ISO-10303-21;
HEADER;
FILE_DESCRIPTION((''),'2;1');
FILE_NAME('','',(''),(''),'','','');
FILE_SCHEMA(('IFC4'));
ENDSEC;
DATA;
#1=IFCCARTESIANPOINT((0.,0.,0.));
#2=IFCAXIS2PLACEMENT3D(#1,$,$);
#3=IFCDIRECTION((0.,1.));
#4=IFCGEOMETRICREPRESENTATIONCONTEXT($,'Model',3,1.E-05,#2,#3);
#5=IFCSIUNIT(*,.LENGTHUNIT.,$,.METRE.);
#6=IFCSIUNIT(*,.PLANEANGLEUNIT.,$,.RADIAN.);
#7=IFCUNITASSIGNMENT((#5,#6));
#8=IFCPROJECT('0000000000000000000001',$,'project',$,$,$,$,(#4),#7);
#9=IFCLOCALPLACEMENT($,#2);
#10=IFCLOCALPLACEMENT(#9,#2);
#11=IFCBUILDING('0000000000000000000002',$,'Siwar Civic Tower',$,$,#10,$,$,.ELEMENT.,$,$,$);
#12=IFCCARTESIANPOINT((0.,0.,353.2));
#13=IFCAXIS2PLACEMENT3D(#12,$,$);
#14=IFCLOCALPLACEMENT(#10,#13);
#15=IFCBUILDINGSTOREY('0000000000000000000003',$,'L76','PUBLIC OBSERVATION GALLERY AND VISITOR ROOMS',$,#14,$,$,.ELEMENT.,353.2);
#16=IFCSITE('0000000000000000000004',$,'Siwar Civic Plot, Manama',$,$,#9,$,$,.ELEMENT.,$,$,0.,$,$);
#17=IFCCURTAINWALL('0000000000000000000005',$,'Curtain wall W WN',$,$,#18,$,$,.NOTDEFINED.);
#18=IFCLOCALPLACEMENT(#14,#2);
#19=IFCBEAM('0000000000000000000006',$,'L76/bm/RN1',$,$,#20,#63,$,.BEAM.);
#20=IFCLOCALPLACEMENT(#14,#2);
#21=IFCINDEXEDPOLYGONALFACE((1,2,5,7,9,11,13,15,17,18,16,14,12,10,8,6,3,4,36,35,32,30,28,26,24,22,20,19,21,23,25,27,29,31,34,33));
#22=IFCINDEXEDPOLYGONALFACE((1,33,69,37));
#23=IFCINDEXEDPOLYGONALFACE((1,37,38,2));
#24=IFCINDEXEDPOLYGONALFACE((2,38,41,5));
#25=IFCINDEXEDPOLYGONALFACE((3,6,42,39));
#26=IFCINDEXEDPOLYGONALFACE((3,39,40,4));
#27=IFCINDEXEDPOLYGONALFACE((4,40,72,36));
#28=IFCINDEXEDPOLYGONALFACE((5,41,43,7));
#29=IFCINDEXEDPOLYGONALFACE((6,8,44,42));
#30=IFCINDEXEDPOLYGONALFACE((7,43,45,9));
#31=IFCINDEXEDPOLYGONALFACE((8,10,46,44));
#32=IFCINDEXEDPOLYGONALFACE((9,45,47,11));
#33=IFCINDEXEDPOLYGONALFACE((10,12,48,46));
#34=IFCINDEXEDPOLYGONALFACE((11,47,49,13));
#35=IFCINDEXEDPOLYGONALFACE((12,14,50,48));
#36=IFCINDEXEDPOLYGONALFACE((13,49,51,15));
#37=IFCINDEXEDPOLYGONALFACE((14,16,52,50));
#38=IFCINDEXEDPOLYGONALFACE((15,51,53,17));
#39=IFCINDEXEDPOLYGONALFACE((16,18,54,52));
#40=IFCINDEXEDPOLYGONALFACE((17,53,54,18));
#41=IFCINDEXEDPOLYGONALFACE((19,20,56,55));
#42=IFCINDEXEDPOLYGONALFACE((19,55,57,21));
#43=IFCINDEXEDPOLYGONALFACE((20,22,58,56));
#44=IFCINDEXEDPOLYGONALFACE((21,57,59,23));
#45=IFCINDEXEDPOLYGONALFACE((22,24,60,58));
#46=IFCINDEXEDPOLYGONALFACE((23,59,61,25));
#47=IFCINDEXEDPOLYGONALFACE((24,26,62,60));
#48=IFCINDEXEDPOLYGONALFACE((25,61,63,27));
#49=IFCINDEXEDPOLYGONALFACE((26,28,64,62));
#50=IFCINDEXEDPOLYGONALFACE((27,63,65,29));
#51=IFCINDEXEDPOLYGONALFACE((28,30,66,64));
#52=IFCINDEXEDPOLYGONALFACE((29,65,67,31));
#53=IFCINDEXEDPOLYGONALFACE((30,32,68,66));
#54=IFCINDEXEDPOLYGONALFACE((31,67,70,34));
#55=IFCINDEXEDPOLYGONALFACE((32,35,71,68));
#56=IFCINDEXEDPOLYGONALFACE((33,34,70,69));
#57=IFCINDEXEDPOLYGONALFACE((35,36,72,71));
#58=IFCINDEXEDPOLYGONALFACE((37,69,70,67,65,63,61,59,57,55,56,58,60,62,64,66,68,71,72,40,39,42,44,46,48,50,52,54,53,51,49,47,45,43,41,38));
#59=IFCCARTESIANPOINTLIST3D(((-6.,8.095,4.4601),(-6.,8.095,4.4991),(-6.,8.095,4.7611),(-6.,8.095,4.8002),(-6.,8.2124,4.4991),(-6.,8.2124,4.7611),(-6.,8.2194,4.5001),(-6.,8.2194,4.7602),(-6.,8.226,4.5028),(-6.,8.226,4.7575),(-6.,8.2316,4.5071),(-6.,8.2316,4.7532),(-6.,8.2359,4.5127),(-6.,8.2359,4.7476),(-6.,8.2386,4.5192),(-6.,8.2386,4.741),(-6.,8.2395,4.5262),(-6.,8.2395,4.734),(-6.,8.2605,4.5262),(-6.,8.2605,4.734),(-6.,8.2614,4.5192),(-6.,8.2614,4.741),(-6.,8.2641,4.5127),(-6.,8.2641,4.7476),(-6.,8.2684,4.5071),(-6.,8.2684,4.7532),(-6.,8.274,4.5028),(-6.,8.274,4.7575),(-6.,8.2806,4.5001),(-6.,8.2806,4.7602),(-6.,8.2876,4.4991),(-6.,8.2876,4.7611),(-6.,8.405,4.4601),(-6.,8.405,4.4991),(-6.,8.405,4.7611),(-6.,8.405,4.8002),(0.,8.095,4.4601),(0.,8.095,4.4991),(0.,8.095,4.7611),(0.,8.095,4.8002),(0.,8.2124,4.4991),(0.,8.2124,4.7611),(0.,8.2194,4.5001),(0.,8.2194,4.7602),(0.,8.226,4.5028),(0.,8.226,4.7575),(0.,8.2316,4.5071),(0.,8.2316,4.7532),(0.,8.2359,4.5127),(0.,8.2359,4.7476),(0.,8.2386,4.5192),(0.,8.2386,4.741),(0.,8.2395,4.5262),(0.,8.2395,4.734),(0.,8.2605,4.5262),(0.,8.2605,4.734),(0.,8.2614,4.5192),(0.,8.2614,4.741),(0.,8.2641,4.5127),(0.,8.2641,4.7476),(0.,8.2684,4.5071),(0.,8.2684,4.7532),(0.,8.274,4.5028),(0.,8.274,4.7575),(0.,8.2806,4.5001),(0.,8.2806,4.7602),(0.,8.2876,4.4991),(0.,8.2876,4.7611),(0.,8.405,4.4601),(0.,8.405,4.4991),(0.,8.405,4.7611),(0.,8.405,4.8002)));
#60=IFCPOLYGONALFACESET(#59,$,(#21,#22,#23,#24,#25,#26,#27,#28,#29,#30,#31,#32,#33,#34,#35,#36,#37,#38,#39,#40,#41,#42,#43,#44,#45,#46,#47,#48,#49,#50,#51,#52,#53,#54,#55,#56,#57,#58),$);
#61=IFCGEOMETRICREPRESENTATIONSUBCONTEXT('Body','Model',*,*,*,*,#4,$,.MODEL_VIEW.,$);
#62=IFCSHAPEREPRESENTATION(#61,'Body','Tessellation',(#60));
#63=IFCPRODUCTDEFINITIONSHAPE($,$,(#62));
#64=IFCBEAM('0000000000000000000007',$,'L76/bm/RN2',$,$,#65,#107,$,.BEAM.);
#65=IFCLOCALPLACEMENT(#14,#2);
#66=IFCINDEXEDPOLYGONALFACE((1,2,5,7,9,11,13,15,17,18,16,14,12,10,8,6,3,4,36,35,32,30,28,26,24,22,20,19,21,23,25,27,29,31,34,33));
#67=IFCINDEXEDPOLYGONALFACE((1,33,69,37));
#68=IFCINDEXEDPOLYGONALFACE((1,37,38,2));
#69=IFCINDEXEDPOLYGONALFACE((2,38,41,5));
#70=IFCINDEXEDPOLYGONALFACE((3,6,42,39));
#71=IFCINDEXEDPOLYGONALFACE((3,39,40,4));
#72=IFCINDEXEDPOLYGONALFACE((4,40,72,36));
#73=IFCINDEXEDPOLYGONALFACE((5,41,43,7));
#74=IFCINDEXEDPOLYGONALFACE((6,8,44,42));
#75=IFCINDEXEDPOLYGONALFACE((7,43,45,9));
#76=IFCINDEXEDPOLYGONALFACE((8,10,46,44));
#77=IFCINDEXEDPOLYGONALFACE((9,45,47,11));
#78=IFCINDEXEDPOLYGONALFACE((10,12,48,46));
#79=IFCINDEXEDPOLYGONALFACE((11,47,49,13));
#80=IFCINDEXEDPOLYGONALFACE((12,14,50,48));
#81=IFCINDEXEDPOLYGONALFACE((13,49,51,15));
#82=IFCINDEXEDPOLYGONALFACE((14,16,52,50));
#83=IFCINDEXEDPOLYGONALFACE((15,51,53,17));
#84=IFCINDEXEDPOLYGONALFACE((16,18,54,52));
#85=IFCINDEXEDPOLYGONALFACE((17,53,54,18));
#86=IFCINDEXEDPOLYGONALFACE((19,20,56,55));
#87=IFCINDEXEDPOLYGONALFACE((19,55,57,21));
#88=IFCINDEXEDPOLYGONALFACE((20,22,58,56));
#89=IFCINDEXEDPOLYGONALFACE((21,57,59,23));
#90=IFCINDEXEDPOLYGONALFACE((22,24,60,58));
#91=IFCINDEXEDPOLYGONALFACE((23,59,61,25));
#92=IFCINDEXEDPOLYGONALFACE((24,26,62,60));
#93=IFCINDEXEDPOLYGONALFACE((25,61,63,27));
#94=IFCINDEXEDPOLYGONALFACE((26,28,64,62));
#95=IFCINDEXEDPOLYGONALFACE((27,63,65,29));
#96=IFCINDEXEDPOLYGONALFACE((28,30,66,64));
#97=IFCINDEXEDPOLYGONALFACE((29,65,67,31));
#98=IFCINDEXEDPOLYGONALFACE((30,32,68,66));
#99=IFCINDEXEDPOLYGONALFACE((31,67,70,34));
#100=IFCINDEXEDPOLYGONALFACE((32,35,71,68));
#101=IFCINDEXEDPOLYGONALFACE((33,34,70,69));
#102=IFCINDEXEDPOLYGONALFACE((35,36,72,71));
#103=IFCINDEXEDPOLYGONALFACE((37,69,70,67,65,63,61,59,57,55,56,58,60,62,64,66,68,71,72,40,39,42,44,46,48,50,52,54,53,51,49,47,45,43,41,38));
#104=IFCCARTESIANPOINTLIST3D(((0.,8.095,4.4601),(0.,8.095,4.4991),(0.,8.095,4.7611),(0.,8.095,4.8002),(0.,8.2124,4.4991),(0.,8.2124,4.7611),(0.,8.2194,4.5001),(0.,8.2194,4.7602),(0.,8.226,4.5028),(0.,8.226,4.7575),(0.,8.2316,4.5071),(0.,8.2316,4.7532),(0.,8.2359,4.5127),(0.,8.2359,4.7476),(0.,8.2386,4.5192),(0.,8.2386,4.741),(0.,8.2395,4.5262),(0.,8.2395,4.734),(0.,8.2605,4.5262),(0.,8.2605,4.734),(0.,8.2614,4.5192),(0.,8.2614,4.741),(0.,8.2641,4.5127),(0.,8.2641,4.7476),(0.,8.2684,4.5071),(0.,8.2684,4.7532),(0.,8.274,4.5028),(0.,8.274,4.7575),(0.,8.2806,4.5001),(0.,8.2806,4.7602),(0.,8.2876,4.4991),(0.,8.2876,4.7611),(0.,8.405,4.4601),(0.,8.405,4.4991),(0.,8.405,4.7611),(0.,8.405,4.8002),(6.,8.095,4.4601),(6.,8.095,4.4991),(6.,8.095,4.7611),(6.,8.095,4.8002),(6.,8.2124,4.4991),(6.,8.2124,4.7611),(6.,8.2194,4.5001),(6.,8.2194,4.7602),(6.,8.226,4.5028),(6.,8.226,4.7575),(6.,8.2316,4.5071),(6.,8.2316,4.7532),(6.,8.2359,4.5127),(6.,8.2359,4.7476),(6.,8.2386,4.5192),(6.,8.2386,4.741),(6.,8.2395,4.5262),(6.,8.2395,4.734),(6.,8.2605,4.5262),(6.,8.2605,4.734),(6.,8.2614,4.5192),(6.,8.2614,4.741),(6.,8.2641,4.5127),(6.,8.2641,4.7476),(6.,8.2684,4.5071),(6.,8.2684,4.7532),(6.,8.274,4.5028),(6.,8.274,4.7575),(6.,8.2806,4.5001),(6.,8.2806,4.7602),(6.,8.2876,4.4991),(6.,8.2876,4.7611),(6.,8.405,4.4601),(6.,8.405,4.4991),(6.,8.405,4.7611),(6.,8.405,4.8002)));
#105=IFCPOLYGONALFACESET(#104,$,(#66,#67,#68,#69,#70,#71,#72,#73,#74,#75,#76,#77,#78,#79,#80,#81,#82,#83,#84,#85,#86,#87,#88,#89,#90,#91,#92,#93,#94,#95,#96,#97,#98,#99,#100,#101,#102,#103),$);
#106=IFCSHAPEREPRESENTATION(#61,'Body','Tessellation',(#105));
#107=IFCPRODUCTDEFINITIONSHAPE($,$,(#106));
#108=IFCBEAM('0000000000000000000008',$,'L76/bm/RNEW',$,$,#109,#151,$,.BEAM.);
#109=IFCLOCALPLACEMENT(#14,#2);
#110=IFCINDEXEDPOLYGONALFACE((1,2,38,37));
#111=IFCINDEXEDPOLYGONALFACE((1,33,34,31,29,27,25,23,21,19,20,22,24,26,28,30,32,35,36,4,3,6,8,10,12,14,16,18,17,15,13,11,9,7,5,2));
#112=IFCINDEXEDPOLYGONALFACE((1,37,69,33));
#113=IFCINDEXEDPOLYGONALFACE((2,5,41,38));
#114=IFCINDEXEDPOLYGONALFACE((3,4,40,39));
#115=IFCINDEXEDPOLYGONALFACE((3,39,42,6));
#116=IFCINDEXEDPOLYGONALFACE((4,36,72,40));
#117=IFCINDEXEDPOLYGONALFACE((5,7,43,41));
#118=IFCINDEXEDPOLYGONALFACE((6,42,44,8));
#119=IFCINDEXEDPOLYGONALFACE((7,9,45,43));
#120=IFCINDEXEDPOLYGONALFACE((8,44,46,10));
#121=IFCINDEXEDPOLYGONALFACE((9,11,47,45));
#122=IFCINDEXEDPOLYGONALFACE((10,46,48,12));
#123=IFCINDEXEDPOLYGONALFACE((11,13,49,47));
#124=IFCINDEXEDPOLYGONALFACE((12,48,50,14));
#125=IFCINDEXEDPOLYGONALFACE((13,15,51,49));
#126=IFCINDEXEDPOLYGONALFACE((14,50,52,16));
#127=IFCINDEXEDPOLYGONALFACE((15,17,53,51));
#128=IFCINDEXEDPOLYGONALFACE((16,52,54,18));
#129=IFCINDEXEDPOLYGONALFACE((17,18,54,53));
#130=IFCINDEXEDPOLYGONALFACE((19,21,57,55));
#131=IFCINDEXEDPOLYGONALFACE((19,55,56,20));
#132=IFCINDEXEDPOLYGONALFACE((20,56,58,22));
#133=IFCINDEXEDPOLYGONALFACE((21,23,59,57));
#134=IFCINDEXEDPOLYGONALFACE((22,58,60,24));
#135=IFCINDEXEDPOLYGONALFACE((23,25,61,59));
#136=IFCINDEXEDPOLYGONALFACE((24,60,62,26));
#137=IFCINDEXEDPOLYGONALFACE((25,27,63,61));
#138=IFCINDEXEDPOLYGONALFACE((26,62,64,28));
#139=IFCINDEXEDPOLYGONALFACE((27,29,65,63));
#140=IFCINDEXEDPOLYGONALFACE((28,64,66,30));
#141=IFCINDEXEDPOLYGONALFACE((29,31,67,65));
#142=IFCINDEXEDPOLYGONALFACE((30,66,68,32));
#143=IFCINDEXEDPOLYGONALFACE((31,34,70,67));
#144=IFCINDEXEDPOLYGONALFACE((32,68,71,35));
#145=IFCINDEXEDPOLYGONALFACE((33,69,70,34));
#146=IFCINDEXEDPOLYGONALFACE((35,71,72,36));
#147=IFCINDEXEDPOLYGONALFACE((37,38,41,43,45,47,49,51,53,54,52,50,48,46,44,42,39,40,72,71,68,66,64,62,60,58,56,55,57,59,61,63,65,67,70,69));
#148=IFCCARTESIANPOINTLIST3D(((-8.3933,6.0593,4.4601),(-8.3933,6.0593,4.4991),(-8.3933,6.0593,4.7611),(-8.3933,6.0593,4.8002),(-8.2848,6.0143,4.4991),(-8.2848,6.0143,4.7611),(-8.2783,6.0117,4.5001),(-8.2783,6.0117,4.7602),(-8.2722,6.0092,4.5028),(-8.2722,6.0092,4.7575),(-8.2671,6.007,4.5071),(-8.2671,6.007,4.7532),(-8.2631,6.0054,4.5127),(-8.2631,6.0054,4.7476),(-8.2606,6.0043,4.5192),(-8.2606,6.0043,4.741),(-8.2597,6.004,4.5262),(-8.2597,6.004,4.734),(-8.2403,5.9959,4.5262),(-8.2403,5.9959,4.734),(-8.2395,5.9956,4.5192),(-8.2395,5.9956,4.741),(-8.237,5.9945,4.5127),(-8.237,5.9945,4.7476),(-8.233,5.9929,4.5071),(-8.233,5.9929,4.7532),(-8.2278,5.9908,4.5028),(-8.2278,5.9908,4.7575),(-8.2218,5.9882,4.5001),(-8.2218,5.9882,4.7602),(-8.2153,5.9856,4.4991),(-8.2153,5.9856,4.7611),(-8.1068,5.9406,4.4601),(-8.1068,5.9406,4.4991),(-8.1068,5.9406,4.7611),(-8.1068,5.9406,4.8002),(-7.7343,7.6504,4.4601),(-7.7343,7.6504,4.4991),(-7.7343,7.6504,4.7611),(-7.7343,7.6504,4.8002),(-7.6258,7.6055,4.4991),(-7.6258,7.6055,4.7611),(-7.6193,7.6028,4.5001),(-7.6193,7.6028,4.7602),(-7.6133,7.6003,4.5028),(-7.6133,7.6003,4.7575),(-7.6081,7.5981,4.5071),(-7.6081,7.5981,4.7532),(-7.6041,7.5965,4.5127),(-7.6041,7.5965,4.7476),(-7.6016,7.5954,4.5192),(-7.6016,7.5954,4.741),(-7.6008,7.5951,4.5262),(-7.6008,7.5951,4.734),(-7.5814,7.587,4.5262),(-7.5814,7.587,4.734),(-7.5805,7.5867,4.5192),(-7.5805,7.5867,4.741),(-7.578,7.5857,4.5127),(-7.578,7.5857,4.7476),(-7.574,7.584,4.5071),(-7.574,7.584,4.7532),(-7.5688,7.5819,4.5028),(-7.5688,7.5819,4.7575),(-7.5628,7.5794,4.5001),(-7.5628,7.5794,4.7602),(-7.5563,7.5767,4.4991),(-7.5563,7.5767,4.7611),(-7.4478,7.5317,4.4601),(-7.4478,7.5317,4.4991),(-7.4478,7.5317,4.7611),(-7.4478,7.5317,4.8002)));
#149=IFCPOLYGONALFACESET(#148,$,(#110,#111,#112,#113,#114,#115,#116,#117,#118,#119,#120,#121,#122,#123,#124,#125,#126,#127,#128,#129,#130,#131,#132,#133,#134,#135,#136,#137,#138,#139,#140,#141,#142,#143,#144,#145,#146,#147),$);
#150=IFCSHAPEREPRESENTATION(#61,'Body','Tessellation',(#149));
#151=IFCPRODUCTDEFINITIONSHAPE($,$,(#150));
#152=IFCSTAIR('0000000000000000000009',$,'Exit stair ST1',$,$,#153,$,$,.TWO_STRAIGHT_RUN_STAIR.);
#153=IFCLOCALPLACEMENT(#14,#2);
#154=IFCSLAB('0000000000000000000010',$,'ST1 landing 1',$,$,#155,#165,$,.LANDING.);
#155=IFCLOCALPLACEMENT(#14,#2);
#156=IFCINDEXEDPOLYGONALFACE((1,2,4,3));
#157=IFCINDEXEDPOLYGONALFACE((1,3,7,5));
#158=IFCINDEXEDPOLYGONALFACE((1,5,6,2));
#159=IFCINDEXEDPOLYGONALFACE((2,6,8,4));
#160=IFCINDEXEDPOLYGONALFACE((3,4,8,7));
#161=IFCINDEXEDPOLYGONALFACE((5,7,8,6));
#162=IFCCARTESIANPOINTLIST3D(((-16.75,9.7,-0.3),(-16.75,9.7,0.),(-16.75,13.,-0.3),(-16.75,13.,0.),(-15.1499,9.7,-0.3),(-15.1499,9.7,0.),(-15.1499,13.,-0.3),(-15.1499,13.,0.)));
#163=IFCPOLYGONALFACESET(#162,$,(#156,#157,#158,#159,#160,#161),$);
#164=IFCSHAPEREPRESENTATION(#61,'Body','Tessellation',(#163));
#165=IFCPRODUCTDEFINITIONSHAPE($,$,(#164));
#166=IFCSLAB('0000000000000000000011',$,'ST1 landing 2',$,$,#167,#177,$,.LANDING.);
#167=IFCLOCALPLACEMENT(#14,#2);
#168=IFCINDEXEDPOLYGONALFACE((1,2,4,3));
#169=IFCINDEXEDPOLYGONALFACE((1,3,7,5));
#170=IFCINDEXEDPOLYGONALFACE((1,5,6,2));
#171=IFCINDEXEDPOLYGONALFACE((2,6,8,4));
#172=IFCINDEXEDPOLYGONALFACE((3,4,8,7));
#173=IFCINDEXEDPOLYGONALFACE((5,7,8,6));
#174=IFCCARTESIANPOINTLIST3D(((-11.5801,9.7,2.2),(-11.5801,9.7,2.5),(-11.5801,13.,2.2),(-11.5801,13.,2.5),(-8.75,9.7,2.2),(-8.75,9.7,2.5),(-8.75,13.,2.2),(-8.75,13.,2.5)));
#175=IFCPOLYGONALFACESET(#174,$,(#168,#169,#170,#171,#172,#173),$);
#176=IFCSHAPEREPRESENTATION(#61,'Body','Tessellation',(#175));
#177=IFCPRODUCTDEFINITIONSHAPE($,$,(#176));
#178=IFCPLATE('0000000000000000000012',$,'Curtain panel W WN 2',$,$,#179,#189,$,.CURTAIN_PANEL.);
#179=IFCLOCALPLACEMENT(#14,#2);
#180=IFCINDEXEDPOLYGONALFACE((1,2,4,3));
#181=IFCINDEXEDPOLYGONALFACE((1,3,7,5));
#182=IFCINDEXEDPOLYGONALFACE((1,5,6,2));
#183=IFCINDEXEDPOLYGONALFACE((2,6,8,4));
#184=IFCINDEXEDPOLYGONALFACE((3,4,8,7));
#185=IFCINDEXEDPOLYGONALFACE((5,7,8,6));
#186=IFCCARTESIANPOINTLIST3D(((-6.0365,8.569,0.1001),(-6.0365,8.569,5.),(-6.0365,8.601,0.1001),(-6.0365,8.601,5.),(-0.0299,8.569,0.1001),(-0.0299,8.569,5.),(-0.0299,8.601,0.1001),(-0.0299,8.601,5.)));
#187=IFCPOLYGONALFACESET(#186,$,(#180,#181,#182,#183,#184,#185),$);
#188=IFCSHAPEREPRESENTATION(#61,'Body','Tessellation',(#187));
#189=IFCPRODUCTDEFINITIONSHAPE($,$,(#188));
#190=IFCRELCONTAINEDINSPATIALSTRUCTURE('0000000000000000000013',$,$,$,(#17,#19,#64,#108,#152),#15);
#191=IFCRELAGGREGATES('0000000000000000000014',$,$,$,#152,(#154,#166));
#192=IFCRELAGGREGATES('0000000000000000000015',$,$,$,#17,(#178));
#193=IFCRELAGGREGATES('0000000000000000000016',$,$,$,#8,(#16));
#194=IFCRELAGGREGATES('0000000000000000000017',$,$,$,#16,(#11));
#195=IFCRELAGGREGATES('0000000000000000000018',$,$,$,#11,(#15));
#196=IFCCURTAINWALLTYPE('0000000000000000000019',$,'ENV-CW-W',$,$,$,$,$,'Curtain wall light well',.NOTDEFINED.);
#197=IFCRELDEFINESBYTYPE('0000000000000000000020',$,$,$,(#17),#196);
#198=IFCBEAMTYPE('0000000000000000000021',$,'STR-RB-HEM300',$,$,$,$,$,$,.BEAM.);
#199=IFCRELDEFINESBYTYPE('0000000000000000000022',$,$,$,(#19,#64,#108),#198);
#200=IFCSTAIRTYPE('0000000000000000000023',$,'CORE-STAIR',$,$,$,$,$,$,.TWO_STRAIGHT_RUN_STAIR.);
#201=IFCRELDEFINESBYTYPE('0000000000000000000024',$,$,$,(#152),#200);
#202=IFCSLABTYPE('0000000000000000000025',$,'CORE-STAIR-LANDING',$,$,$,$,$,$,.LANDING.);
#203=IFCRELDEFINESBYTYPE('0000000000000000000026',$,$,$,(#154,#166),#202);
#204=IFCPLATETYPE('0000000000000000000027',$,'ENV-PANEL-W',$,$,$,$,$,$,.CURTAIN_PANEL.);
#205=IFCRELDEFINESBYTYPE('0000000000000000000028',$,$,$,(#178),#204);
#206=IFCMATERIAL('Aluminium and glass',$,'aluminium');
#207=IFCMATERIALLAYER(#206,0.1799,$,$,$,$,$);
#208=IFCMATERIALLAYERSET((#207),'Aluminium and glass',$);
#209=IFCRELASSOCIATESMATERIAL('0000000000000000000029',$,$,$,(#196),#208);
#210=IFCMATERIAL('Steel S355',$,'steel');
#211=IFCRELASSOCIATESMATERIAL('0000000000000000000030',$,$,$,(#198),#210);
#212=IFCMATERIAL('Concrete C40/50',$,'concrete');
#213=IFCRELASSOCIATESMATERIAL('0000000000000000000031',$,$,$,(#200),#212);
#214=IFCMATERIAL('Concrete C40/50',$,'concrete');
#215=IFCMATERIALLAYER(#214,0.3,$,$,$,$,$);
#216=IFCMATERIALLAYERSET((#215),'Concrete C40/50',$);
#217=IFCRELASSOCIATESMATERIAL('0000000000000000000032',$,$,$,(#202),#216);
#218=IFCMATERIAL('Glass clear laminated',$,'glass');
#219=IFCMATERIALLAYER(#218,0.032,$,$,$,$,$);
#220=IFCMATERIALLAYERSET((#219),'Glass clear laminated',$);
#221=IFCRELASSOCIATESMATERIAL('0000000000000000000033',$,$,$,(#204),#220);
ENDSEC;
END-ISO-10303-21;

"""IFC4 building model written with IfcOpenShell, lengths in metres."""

from ifc_helpers import new_model, si_unit, direction, frame, origin, origin_2d, place, context, subcontext, project, spatial, polyline, rectangle, i_section, outline, extrude, material, layer, layer_set, material_profile, profile_set, type_object, element, aggregate, save


model = new_model("IFC4")

# Units and contexts
model_context = context("Model", 3, precision=1e-05, world=origin(), true_north=direction((0.0, 1.0)))
body_context = subcontext(model_context, "Body", "Model", "MODEL_VIEW")
ifc_project = project(units=[si_unit("LENGTHUNIT", "METRE"), si_unit("PLANEANGLEUNIT", "RADIAN")], contexts=[model_context])

# Site, building, storey
site_placement = place(None, origin())
site = spatial("IfcSite", under=ifc_project, at=site_placement, Name="Siwar Civic Plot, Manama", CompositionType="ELEMENT", RefElevation=0.0)
building_placement = place(site_placement, origin())
building = spatial("IfcBuilding", under=site, at=building_placement, Name="Siwar Civic Tower", CompositionType="ELEMENT")
storey_placement = place(building_placement, frame((0.0, 0.0, 353.2)))
storey = spatial("IfcBuildingStorey", under=building, at=storey_placement, Name="L76", Description="PUBLIC OBSERVATION GALLERY AND VISITOR ROOMS", CompositionType="ELEMENT", Elevation=353.2)

# Curtain wall
ifc_material_1 = material(Name="Aluminium and glass", Category="aluminium")
ifc_layer_1 = layer(ifc_material_1, 0.1799)
ifc_layer_set_1 = layer_set([ifc_layer_1], Name="Aluminium and glass")
curtain_wall_type = type_object("IfcCurtainWallType", Name="ENV-CW-W", ElementType="Curtain wall light well", PredefinedType="NOTDEFINED", material=ifc_layer_set_1)
curtain_wall_placement = place(storey_placement, origin())
curtain_wall = element("IfcCurtainWall", 1, at=curtain_wall_placement, inside=storey, type_object=curtain_wall_type, Name="Curtain wall W WN", PredefinedType="NOTDEFINED")

# Beams
ifc_material_2 = material(Name="Steel S355", Category="steel")
ifc_material_profile_1 = material_profile(ifc_material_2, i_section(OverallWidth=0.3101, OverallDepth=0.3401, WebThickness=0.021, FlangeThickness=0.0391, FilletRadius=0.0271, at=origin_2d()), Name="HEM300")
ifc_profile_set_1 = profile_set([ifc_material_profile_1], Name="Steel S355")
beam_type_1 = type_object("IfcBeamType", Name="STR-RB-HEM300", PredefinedType="BEAM", material=ifc_profile_set_1)
for number, where, z_axis, x_axis, name in (
    (2, (-6.0, 8.25, 4.6301), (1.0, 0.0, 0.0), (0.0, 1.0, 0.0), "L76/bm/RN1"),
    (3, (0.0, 8.25, 4.6301), (1.0, 0.0, 0.0), (0.0, 1.0, 0.0), "L76/bm/RN2"),
):
    element("IfcBeam", number, at=place(storey_placement, frame(where, z_axis=z_axis, x_axis=x_axis)), inside=storey, type_object=beam_type_1, Name=name, PredefinedType="BEAM", context=body_context, shape_type="SweptSolid", body=[
        extrude(i_section(OverallWidth=0.3101, OverallDepth=0.3401, WebThickness=0.021, FlangeThickness=0.0391, FilletRadius=0.0271, at=origin_2d()), origin(), (0.0, 0.0, 1.0), 6.0),
    ])
beam_1_placement = place(storey_placement, frame((-7.5911, 7.5911, 4.6301), z_axis=(-0.382631, -0.923901, 0.0), x_axis=(0.923901, -0.382631, 0.0)))
element("IfcBeam", 4, at=beam_1_placement, inside=storey, type_object=beam_type_1, Name="L76/bm/RNEW", PredefinedType="BEAM", context=body_context, shape_type="SweptSolid", body=[
    extrude(i_section(OverallWidth=0.3101, OverallDepth=0.3401, WebThickness=0.021, FlangeThickness=0.0391, FilletRadius=0.0271, at=origin_2d()), origin(), (0.0, 0.0, 1.0), 1.7222),
])

# Stair, slabs
ifc_material_3 = material(Name="Concrete C40/50", Category="concrete")
stair_type = type_object("IfcStairType", Name="CORE-STAIR", PredefinedType="TWO_STRAIGHT_RUN_STAIR", material=ifc_material_3)
stair_placement = place(storey_placement, origin())
stair = element("IfcStair", 5, at=stair_placement, inside=storey, type_object=stair_type, Name="Exit stair ST1", PredefinedType="TWO_STRAIGHT_RUN_STAIR")
ifc_material_4 = material(Name="Concrete C40/50", Category="concrete")
ifc_layer_2 = layer(ifc_material_4, 0.3)
ifc_layer_set_2 = layer_set([ifc_layer_2], Name="Concrete C40/50")
slab_type_1 = type_object("IfcSlabType", Name="CORE-STAIR-LANDING", PredefinedType="LANDING", material=ifc_layer_set_2)
slab_1_placement = place(storey_placement, frame((0.0, 0.0, -0.3)))
slab_1 = element("IfcSlab", 6, at=slab_1_placement, type_object=slab_type_1, Name="ST1 landing 1", PredefinedType="LANDING", context=body_context, shape_type="SweptSolid", body=[
    extrude(outline(polyline([(-15.1499, 13.0), (-16.75, 13.0), (-16.75, 9.7), (-15.1499, 9.7), (-15.1499, 13.0)])), origin(), (0.0, 0.0, 1.0), 0.3),
])
slab_2_placement = place(storey_placement, frame((0.0, 0.0, 2.2)))
slab_2 = element("IfcSlab", 7, at=slab_2_placement, type_object=slab_type_1, Name="ST1 landing 2", PredefinedType="LANDING", context=body_context, shape_type="SweptSolid", body=[
    extrude(outline(polyline([(-8.75, 13.0), (-11.5801, 13.0), (-11.5801, 9.7), (-8.75, 9.7), (-8.75, 13.0)])), origin(), (0.0, 0.0, 1.0), 0.3),
])
aggregate(stair, [slab_1, slab_2])

# Plate
ifc_material_5 = material(Name="Glass clear laminated", Category="glass")
ifc_layer_3 = layer(ifc_material_5, 0.032)
ifc_layer_set_3 = layer_set([ifc_layer_3], Name="Glass clear laminated")
plate_type = type_object("IfcPlateType", Name="ENV-PANEL-W", PredefinedType="CURTAIN_PANEL", material=ifc_layer_set_3)
plate_placement = place(storey_placement, frame((-3.0332, 8.585, 0.1001), z_axis=(0.0, 0.0, 1.0), x_axis=(-1.0, 0.0, 0.0)))
plate = element("IfcPlate", 8, at=plate_placement, type_object=plate_type, Name="Curtain panel W WN 2", PredefinedType="CURTAIN_PANEL", context=body_context, shape_type="SweptSolid", body=[
    extrude(rectangle(XDim=6.0066, YDim=0.032, at=origin_2d()), origin(), (0.0, 0.0, 1.0), 4.8999),
])
aggregate(curtain_wall, [plate])

save(model, "model.ifc")
